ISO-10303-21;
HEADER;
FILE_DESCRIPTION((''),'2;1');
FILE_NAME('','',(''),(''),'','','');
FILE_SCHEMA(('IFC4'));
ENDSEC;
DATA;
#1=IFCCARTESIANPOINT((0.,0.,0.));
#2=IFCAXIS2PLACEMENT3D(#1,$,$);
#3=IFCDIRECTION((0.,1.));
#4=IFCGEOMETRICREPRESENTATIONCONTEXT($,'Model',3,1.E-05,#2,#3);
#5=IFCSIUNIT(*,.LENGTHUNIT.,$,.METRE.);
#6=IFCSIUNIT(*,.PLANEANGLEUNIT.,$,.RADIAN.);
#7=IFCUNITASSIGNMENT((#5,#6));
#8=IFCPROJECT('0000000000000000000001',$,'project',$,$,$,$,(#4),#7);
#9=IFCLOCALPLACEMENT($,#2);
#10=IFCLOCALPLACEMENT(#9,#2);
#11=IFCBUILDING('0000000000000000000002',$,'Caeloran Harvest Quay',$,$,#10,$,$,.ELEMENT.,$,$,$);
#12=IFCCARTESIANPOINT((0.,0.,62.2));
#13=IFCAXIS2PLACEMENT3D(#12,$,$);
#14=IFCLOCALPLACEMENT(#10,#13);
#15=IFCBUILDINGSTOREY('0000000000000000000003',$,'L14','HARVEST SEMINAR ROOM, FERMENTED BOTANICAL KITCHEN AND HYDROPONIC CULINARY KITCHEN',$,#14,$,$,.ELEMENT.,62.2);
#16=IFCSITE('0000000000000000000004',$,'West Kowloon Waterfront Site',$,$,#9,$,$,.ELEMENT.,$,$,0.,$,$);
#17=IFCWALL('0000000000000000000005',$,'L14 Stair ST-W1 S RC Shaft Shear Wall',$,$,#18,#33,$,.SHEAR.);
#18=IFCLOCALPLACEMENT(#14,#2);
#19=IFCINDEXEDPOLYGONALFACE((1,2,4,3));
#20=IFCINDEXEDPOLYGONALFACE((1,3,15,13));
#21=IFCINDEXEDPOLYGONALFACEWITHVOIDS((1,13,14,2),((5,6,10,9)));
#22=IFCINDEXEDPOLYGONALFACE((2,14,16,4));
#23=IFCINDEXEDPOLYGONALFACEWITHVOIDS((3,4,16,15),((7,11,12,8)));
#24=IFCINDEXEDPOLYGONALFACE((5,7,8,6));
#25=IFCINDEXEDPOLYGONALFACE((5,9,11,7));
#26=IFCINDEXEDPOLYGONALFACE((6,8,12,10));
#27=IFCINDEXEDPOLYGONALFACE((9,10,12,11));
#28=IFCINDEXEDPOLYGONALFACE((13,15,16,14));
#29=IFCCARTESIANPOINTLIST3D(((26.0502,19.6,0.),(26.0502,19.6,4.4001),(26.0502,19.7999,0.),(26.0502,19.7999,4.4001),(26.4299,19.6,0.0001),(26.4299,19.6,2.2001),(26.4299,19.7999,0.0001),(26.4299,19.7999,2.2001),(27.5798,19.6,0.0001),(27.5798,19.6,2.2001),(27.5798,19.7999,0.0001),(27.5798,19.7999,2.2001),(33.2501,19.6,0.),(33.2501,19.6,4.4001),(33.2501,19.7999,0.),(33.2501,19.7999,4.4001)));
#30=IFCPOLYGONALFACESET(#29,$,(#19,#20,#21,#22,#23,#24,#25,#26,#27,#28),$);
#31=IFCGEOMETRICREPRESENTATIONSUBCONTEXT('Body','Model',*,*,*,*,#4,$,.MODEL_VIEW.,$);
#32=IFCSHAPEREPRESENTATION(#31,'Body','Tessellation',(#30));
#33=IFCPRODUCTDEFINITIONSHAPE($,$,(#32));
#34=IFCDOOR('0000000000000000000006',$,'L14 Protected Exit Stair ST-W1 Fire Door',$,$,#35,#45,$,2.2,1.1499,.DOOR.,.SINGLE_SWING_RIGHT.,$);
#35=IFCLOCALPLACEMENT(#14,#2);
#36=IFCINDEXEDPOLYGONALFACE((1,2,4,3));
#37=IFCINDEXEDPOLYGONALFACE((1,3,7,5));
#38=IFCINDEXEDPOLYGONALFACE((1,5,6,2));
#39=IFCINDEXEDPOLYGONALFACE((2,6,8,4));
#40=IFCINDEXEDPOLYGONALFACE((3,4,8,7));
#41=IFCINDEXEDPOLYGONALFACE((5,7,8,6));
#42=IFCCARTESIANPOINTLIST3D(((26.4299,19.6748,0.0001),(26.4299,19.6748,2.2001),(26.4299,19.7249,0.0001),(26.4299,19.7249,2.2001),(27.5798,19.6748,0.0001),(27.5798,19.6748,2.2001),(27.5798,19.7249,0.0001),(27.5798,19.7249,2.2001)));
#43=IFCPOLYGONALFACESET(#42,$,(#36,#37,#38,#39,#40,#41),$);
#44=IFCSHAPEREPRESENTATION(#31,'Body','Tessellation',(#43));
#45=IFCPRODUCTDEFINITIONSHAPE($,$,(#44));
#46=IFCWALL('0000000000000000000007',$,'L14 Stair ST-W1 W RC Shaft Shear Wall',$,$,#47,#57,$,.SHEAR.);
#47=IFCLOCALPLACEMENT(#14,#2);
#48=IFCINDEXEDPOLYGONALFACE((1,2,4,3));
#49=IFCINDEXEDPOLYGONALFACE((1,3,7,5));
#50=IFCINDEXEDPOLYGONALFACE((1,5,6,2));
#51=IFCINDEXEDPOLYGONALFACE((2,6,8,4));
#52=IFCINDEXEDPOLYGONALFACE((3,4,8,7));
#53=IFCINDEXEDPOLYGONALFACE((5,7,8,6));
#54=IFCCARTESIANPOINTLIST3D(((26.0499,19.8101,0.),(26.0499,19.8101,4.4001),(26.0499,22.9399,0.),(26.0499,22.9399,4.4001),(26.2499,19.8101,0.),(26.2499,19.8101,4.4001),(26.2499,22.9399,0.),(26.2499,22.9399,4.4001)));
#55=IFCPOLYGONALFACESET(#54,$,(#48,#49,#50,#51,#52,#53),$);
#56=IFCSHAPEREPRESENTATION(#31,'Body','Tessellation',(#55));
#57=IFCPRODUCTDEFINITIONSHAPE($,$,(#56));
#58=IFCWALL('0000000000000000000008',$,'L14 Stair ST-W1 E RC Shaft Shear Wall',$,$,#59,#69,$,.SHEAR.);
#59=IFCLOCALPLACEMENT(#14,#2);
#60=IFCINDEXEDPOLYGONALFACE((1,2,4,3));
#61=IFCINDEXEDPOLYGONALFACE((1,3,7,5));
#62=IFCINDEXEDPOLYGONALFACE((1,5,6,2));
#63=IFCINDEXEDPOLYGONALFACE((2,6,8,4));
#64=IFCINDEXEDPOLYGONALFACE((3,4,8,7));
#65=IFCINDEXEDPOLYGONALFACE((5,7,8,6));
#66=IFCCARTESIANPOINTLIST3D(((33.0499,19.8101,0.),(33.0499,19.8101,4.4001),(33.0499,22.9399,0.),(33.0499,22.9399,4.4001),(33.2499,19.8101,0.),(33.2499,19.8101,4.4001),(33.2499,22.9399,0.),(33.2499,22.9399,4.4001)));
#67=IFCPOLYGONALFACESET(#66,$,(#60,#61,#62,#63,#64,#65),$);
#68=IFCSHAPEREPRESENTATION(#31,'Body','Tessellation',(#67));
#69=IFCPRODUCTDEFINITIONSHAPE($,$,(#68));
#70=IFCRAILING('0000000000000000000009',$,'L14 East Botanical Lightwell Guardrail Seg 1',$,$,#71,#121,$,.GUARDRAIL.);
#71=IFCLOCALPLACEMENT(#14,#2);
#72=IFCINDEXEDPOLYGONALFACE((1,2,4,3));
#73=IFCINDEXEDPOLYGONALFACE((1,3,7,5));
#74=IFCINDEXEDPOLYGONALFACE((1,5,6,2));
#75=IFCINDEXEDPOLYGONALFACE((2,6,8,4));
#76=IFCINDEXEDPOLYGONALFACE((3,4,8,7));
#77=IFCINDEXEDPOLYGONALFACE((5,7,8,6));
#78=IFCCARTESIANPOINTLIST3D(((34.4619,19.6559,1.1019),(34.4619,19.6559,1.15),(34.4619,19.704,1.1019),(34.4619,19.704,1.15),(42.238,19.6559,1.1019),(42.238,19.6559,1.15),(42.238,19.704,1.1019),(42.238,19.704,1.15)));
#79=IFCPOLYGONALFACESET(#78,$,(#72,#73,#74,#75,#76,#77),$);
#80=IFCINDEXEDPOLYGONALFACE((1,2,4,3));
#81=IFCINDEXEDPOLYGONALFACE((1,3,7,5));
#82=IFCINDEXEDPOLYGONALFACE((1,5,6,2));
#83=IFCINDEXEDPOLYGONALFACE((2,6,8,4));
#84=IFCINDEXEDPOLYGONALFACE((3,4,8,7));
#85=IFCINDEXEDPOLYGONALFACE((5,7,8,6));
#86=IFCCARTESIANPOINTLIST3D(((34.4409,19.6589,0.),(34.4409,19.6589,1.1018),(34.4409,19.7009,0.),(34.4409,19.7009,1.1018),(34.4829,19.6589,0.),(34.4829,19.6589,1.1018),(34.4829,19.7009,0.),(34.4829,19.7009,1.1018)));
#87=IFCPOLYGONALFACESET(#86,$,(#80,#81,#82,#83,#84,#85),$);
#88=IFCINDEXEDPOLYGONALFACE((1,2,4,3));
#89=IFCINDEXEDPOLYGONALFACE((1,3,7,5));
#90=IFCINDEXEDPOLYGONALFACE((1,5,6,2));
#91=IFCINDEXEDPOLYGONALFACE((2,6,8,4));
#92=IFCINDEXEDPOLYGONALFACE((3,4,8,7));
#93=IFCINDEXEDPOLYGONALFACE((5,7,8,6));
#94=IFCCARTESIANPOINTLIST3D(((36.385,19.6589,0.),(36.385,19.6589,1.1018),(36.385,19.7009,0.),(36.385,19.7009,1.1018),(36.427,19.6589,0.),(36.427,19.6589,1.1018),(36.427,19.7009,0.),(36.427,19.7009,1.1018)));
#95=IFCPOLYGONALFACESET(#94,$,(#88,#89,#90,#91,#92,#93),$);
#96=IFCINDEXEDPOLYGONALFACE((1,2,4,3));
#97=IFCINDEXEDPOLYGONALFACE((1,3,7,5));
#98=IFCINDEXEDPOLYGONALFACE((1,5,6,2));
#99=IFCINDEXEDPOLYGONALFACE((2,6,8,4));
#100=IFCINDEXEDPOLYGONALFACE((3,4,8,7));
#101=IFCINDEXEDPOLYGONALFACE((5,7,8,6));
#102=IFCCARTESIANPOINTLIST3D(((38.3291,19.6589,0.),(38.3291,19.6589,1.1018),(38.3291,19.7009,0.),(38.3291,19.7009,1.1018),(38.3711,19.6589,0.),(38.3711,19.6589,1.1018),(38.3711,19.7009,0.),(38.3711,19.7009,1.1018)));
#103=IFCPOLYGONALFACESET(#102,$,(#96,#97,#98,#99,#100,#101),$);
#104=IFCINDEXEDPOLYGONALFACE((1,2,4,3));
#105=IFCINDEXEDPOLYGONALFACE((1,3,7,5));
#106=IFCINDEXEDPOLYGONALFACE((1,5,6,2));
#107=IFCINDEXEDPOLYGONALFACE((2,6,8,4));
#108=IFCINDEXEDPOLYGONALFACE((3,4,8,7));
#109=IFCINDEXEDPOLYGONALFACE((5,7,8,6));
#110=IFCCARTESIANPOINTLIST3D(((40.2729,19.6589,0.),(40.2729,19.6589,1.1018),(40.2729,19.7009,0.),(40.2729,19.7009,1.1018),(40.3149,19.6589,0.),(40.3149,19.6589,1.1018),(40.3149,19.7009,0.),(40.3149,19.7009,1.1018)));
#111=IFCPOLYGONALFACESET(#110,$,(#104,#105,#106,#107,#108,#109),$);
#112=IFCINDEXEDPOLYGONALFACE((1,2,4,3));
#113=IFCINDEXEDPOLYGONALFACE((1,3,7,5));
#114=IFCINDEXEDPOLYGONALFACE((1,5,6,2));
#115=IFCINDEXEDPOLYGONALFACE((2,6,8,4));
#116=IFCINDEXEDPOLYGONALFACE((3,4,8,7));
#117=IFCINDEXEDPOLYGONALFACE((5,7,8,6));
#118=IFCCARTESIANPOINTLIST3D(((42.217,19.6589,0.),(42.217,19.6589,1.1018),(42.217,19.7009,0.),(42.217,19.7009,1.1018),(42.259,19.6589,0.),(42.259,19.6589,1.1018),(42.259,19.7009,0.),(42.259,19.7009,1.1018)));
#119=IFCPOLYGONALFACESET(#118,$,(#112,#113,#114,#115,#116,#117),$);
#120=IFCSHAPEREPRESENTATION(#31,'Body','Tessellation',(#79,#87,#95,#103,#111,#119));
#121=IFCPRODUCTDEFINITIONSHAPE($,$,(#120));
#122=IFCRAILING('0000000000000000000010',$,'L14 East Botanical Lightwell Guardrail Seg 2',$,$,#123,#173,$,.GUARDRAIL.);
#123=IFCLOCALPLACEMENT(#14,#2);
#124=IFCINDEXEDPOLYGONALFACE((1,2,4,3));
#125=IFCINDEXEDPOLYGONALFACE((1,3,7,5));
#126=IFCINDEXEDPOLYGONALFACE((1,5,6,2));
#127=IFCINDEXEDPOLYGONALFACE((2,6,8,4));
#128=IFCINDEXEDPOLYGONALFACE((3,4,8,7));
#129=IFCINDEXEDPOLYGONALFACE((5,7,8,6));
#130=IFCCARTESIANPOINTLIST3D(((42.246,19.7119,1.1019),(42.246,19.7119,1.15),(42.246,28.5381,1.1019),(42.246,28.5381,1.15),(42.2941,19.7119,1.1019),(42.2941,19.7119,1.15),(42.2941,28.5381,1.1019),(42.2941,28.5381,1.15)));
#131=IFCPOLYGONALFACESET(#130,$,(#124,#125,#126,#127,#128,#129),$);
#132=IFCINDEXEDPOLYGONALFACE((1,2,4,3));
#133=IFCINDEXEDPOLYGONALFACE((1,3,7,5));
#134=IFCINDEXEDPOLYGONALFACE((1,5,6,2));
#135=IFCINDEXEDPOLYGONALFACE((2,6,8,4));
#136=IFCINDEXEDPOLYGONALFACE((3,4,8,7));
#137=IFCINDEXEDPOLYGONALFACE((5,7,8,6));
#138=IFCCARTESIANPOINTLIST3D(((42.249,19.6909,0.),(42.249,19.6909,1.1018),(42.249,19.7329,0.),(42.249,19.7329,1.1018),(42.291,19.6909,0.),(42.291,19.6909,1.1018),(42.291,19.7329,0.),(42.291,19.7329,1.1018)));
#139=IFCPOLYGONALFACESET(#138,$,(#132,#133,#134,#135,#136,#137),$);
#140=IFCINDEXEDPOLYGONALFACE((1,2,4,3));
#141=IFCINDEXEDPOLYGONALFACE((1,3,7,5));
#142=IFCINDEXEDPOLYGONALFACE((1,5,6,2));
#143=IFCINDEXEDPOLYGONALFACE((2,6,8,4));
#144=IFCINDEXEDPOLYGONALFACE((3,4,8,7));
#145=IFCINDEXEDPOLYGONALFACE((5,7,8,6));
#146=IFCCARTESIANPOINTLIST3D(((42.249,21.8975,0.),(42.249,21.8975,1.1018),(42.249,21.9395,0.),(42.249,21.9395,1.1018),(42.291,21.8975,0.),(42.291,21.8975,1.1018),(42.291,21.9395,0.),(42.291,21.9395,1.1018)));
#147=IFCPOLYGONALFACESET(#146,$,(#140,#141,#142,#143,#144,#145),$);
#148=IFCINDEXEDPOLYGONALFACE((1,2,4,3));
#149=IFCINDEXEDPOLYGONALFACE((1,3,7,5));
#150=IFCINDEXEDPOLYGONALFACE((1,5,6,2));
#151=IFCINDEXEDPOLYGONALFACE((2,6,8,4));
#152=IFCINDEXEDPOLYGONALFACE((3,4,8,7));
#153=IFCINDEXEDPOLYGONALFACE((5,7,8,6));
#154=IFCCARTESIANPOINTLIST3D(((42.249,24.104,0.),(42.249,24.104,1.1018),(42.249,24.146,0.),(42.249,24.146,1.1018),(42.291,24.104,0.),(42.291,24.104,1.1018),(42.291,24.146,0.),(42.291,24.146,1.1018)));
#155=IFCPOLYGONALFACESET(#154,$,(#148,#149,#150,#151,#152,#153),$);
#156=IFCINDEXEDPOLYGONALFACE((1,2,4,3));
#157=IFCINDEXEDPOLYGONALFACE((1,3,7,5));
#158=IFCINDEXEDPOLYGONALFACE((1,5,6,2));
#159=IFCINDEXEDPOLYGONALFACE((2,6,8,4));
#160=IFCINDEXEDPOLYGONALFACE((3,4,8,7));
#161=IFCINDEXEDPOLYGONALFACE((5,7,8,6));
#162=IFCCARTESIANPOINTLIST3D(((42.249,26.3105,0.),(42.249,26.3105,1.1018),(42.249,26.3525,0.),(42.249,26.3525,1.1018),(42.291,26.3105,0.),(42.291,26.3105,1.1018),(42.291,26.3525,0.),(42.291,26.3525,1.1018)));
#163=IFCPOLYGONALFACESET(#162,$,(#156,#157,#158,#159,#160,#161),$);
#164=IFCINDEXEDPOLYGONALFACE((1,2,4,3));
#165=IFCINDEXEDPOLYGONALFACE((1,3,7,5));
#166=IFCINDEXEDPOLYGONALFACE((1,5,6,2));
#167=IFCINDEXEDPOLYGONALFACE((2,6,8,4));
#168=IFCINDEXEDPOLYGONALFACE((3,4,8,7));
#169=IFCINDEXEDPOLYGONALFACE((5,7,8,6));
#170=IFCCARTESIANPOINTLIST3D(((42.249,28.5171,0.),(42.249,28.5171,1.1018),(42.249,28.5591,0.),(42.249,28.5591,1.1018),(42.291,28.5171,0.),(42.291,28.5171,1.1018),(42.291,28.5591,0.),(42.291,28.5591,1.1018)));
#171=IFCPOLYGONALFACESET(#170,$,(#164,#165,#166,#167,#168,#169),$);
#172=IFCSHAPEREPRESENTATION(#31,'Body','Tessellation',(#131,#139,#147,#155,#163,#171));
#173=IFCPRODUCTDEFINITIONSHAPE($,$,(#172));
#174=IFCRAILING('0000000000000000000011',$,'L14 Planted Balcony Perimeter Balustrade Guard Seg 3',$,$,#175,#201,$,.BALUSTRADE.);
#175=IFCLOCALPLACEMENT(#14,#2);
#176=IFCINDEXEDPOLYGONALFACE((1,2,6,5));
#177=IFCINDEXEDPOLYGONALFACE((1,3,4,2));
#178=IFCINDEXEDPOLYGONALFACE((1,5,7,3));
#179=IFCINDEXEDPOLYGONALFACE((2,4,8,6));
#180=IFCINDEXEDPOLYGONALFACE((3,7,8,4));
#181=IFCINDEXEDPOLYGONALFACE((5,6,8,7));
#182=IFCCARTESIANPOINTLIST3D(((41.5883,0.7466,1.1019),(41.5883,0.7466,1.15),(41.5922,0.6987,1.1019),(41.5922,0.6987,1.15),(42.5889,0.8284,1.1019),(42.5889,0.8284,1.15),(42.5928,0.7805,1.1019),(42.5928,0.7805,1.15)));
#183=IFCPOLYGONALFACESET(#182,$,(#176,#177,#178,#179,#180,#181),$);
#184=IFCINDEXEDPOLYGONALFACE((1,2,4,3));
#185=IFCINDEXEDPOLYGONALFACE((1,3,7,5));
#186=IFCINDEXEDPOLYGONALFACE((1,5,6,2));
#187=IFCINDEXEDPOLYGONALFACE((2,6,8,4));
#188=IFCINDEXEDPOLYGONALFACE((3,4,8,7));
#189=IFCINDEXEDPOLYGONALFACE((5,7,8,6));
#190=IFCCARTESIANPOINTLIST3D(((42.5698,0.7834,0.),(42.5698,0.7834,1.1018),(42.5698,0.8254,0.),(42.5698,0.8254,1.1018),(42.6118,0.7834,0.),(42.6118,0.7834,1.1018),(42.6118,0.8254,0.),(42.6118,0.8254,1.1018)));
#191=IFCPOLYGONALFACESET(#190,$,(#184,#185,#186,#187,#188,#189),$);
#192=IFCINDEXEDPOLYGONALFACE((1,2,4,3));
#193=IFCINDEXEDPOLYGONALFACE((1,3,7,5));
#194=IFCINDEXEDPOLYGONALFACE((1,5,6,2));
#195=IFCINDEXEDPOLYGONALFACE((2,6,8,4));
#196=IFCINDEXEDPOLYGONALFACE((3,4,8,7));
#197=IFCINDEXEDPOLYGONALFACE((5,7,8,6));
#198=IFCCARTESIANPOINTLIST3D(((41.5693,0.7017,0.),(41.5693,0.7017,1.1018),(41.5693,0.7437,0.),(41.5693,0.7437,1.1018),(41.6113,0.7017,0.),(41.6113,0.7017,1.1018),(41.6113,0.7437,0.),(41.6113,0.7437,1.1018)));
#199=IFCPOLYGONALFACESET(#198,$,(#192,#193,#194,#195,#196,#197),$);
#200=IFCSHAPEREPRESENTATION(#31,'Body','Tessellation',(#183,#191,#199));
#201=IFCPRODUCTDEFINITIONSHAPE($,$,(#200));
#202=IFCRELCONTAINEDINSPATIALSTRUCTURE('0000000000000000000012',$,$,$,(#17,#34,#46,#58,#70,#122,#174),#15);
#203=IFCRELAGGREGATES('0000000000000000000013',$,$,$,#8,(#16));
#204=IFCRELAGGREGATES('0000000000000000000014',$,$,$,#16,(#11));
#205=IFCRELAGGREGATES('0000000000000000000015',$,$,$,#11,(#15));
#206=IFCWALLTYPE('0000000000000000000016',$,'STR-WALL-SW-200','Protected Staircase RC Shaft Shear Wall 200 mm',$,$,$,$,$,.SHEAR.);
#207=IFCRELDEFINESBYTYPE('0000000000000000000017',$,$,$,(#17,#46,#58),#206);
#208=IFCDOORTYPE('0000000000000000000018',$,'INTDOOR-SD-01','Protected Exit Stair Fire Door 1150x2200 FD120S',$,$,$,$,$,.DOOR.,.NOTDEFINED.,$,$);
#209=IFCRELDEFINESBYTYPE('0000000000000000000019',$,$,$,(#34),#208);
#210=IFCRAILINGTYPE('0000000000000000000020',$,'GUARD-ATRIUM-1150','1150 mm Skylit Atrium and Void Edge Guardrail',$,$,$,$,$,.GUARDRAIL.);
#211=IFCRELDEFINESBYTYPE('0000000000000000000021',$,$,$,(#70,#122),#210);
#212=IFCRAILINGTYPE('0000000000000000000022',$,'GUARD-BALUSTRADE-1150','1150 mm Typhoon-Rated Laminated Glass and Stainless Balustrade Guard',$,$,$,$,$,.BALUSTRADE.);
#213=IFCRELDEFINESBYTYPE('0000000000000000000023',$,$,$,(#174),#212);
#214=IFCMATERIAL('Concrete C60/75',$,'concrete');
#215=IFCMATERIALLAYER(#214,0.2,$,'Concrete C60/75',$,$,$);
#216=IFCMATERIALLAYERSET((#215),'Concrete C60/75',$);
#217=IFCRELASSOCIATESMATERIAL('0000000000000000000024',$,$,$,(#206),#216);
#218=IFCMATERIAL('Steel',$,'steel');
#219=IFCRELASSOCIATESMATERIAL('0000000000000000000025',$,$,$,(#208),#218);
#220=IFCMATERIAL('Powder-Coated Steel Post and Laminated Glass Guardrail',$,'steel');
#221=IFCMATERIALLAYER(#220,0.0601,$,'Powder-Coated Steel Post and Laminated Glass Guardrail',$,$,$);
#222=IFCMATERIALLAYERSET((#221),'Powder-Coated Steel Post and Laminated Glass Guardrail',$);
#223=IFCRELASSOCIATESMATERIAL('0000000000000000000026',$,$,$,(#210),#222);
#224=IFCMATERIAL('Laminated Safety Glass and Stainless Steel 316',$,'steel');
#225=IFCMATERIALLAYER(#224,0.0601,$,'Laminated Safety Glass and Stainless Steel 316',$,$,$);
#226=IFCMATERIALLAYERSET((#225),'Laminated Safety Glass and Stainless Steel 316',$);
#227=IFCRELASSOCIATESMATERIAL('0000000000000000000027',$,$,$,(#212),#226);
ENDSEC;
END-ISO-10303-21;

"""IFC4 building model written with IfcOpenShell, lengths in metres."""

from ifc_helpers import new_model, si_unit, direction, frame, frame_2d, origin, origin_2d, place, context, subcontext, project, spatial, rectangle, extrude, material, layer, layer_set, type_object, element, fill, save


model = new_model("IFC4")

# Units and contexts
model_context = context("Model", 3, precision=1e-05, world=origin(), true_north=direction((0.0, 1.0)))
body_context = subcontext(model_context, "Body", "Model", "MODEL_VIEW")
ifc_project = project(units=[si_unit("LENGTHUNIT", "METRE"), si_unit("PLANEANGLEUNIT", "RADIAN")], contexts=[model_context])

# Site, building, storey
site_placement = place(None, origin())
site = spatial("IfcSite", under=ifc_project, at=site_placement, Name="West Kowloon Waterfront Site", CompositionType="ELEMENT", RefElevation=0.0)
building_placement = place(site_placement, origin())
building = spatial("IfcBuilding", under=site, at=building_placement, Name="Caeloran Harvest Quay", CompositionType="ELEMENT")
storey_placement = place(building_placement, frame((0.0, 0.0, 62.2)))
storey = spatial("IfcBuildingStorey", under=building, at=storey_placement, Name="L14", Description="HARVEST SEMINAR ROOM, FERMENTED BOTANICAL KITCHEN AND HYDROPONIC CULINARY KITCHEN", CompositionType="ELEMENT", Elevation=62.2)

# Wall, opening, door
ifc_material_1 = material(Name="Concrete C60/75", Category="concrete")
ifc_layer_1 = layer(ifc_material_1, 0.2, Name="Concrete C60/75")
ifc_layer_set_1 = layer_set([ifc_layer_1], Name="Concrete C60/75")
wall_type_1 = type_object("IfcWallType", Name="STR-WALL-SW-200", Description="Protected Staircase RC Shaft Shear Wall 200 mm", PredefinedType="SHEAR", material=ifc_layer_set_1)
wall_1_placement = place(storey_placement, frame((26.05, 19.7, 0.0), z_axis=(0.0, 0.0, 1.0), x_axis=(1.0, 0.0, 0.0)))
wall_1 = element("IfcWall", 1, at=wall_1_placement, inside=storey, type_object=wall_type_1, Name="L14 Stair ST-W1 S RC Shaft Shear Wall", PredefinedType="SHEAR", context=body_context, shape_type="SweptSolid", body=[
    extrude(rectangle(XDim=7.2, YDim=0.2, at=frame_2d((3.6001, 0.0))), origin(), (0.0, 0.0, 1.0), 4.4001),
])
opening_1_placement = place(wall_1_placement, frame((0.3799, 0.0, 0.0)))
opening_1 = element("IfcOpeningElement", 2, at=opening_1_placement, cuts=wall_1, PredefinedType="OPENING", context=body_context, shape_type="SweptSolid", body=[
    extrude(rectangle(XDim=1.1499, YDim=2.2, at=frame_2d((0.575, 1.1001))), frame((0.0, 0.1099, 0.0), z_axis=(0.0, -1.0, 0.0), x_axis=(1.0, 0.0, 0.0)), (0.0, 0.0, 1.0), 0.22),
])
ifc_material_2 = material(Name="Steel", Category="steel")
door_type_1 = type_object("IfcDoorType", Name="INTDOOR-SD-01", Description="Protected Exit Stair Fire Door 1150x2200 FD120S", OperationType="NOTDEFINED", PredefinedType="DOOR", material=ifc_material_2)
door_1_placement = place(opening_1_placement, origin())
door_1 = element("IfcDoor", 3, at=door_1_placement, inside=storey, type_object=door_type_1, Name="L14 Protected Exit Stair ST-W1 Fire Door", OperationType="SINGLE_SWING_RIGHT", OverallHeight=2.2, OverallWidth=1.1499, PredefinedType="DOOR", context=body_context, shape_type="SweptSolid", body=[
    extrude(rectangle(XDim=1.1499, YDim=2.2, at=frame_2d((0.575, 1.1001))), frame((0.0, 0.0249, 0.0), z_axis=(0.0, -1.0, 0.0), x_axis=(1.0, 0.0, 0.0)), (0.0, 0.0, 1.0), 0.05),
])
fill(opening_1, door_1)

# Walls
for number, where, z_axis, x_axis, name in (
    (4, (26.1499, 19.8101, 0.0), (0.0, 0.0, 1.0), (0.0, 1.0, 0.0), "L14 Stair ST-W1 W RC Shaft Shear Wall"),
    (5, (33.1499, 19.8101, 0.0), (0.0, 0.0, 1.0), (0.0, 1.0, 0.0), "L14 Stair ST-W1 E RC Shaft Shear Wall"),
):
    element("IfcWall", number, at=place(storey_placement, frame(where, z_axis=z_axis, x_axis=x_axis)), inside=storey, type_object=wall_type_1, Name=name, PredefinedType="SHEAR", context=body_context, shape_type="SweptSolid", body=[
        extrude(rectangle(XDim=3.1299, YDim=0.2, at=frame_2d((1.5649, 0.0))), origin(), (0.0, 0.0, 1.0), 4.4001),
    ])

# Railings
ifc_material_3 = material(Name="Powder-Coated Steel Post and Laminated Glass Guardrail", Category="steel")
ifc_layer_2 = layer(ifc_material_3, 0.0601, Name="Powder-Coated Steel Post and Laminated Glass Guardrail")
ifc_layer_set_2 = layer_set([ifc_layer_2], Name="Powder-Coated Steel Post and Laminated Glass Guardrail")
railing_type_1 = type_object("IfcRailingType", Name="GUARD-ATRIUM-1150", Description="1150 mm Skylit Atrium and Void Edge Guardrail", PredefinedType="GUARDRAIL", material=ifc_layer_set_2)
railing_1_placement = place(storey_placement, frame((34.4619, 19.6799, 0.0)))
element("IfcRailing", 6, at=railing_1_placement, inside=storey, type_object=railing_type_1, Name="L14 East Botanical Lightwell Guardrail Seg 1", PredefinedType="GUARDRAIL", context=body_context, shape_type="SweptSolid", body=[
    extrude(rectangle(XDim=0.0481, YDim=0.0481, at=origin_2d()), frame((0.0, 0.0, 1.126), z_axis=(1.0, 0.0, 0.0), x_axis=(0.0, 1.0, 0.0)), (0.0, 0.0, 1.0), 7.7761),
    extrude(rectangle(XDim=0.042, YDim=0.042, at=origin_2d()), origin(), (0.0, 0.0, 1.0), 1.1018),
    extrude(rectangle(XDim=0.042, YDim=0.042, at=origin_2d()), frame((1.9441, 0.0, 0.0)), (0.0, 0.0, 1.0), 1.1018),
    extrude(rectangle(XDim=0.042, YDim=0.042, at=origin_2d()), frame((3.8882, 0.0, 0.0)), (0.0, 0.0, 1.0), 1.1018),
    extrude(rectangle(XDim=0.042, YDim=0.042, at=origin_2d()), frame((5.832, 0.0, 0.0)), (0.0, 0.0, 1.0), 1.1018),
    extrude(rectangle(XDim=0.042, YDim=0.042, at=origin_2d()), frame((7.7761, 0.0, 0.0)), (0.0, 0.0, 1.0), 1.1018),
])
railing_2_placement = place(storey_placement, frame((42.27, 19.7119, 0.0)))
element("IfcRailing", 7, at=railing_2_placement, inside=storey, type_object=railing_type_1, Name="L14 East Botanical Lightwell Guardrail Seg 2", PredefinedType="GUARDRAIL", context=body_context, shape_type="SweptSolid", body=[
    extrude(rectangle(XDim=0.0481, YDim=0.0481, at=origin_2d()), frame((0.0, 0.0, 1.126), z_axis=(0.0, 1.0, 0.0), x_axis=(-1.0, 0.0, 0.0)), (0.0, 0.0, 1.0), 8.8262),
    extrude(rectangle(XDim=0.042, YDim=0.042, at=origin_2d()), origin(), (0.0, 0.0, 1.0), 1.1018),
    extrude(rectangle(XDim=0.042, YDim=0.042, at=origin_2d()), frame((0.0, 2.2065, 0.0)), (0.0, 0.0, 1.0), 1.1018),
    extrude(rectangle(XDim=0.042, YDim=0.042, at=origin_2d()), frame((0.0, 4.4131, 0.0)), (0.0, 0.0, 1.0), 1.1018),
    extrude(rectangle(XDim=0.042, YDim=0.042, at=origin_2d()), frame((0.0, 6.6196, 0.0)), (0.0, 0.0, 1.0), 1.1018),
    extrude(rectangle(XDim=0.042, YDim=0.042, at=origin_2d()), frame((0.0, 8.8262, 0.0)), (0.0, 0.0, 1.0), 1.1018),
])
ifc_material_4 = material(Name="Laminated Safety Glass and Stainless Steel 316", Category="steel")
ifc_layer_3 = layer(ifc_material_4, 0.0601, Name="Laminated Safety Glass and Stainless Steel 316")
ifc_layer_set_3 = layer_set([ifc_layer_3], Name="Laminated Safety Glass and Stainless Steel 316")
railing_type_2 = type_object("IfcRailingType", Name="GUARD-BALUSTRADE-1150", Description="1150 mm Typhoon-Rated Laminated Glass and Stainless Balustrade Guard", PredefinedType="BALUSTRADE", material=ifc_layer_set_3)
railing_3_placement = place(storey_placement, frame((42.5908, 0.8044, 0.0)))
element("IfcRailing", 8, at=railing_3_placement, inside=storey, type_object=railing_type_2, Name="L14 Planted Balcony Perimeter Balustrade Guard Seg 3", PredefinedType="BALUSTRADE", context=body_context, shape_type="SweptSolid", body=[
    extrude(rectangle(XDim=0.0481, YDim=0.0481, at=origin_2d()), frame((0.0, 0.0, 1.126), z_axis=(-0.996675, -0.081475, 0.0), x_axis=(0.081475, -0.996675, 0.0)), (0.0, 0.0, 1.0), 1.0039),
    extrude(rectangle(XDim=0.042, YDim=0.042, at=origin_2d()), origin(), (0.0, 0.0, 1.0), 1.1018),
    extrude(rectangle(XDim=0.042, YDim=0.042, at=origin_2d()), frame((-1.0005, -0.0818, 0.0)), (0.0, 0.0, 1.0), 1.1018),
])

save(model, "model.ifc")
